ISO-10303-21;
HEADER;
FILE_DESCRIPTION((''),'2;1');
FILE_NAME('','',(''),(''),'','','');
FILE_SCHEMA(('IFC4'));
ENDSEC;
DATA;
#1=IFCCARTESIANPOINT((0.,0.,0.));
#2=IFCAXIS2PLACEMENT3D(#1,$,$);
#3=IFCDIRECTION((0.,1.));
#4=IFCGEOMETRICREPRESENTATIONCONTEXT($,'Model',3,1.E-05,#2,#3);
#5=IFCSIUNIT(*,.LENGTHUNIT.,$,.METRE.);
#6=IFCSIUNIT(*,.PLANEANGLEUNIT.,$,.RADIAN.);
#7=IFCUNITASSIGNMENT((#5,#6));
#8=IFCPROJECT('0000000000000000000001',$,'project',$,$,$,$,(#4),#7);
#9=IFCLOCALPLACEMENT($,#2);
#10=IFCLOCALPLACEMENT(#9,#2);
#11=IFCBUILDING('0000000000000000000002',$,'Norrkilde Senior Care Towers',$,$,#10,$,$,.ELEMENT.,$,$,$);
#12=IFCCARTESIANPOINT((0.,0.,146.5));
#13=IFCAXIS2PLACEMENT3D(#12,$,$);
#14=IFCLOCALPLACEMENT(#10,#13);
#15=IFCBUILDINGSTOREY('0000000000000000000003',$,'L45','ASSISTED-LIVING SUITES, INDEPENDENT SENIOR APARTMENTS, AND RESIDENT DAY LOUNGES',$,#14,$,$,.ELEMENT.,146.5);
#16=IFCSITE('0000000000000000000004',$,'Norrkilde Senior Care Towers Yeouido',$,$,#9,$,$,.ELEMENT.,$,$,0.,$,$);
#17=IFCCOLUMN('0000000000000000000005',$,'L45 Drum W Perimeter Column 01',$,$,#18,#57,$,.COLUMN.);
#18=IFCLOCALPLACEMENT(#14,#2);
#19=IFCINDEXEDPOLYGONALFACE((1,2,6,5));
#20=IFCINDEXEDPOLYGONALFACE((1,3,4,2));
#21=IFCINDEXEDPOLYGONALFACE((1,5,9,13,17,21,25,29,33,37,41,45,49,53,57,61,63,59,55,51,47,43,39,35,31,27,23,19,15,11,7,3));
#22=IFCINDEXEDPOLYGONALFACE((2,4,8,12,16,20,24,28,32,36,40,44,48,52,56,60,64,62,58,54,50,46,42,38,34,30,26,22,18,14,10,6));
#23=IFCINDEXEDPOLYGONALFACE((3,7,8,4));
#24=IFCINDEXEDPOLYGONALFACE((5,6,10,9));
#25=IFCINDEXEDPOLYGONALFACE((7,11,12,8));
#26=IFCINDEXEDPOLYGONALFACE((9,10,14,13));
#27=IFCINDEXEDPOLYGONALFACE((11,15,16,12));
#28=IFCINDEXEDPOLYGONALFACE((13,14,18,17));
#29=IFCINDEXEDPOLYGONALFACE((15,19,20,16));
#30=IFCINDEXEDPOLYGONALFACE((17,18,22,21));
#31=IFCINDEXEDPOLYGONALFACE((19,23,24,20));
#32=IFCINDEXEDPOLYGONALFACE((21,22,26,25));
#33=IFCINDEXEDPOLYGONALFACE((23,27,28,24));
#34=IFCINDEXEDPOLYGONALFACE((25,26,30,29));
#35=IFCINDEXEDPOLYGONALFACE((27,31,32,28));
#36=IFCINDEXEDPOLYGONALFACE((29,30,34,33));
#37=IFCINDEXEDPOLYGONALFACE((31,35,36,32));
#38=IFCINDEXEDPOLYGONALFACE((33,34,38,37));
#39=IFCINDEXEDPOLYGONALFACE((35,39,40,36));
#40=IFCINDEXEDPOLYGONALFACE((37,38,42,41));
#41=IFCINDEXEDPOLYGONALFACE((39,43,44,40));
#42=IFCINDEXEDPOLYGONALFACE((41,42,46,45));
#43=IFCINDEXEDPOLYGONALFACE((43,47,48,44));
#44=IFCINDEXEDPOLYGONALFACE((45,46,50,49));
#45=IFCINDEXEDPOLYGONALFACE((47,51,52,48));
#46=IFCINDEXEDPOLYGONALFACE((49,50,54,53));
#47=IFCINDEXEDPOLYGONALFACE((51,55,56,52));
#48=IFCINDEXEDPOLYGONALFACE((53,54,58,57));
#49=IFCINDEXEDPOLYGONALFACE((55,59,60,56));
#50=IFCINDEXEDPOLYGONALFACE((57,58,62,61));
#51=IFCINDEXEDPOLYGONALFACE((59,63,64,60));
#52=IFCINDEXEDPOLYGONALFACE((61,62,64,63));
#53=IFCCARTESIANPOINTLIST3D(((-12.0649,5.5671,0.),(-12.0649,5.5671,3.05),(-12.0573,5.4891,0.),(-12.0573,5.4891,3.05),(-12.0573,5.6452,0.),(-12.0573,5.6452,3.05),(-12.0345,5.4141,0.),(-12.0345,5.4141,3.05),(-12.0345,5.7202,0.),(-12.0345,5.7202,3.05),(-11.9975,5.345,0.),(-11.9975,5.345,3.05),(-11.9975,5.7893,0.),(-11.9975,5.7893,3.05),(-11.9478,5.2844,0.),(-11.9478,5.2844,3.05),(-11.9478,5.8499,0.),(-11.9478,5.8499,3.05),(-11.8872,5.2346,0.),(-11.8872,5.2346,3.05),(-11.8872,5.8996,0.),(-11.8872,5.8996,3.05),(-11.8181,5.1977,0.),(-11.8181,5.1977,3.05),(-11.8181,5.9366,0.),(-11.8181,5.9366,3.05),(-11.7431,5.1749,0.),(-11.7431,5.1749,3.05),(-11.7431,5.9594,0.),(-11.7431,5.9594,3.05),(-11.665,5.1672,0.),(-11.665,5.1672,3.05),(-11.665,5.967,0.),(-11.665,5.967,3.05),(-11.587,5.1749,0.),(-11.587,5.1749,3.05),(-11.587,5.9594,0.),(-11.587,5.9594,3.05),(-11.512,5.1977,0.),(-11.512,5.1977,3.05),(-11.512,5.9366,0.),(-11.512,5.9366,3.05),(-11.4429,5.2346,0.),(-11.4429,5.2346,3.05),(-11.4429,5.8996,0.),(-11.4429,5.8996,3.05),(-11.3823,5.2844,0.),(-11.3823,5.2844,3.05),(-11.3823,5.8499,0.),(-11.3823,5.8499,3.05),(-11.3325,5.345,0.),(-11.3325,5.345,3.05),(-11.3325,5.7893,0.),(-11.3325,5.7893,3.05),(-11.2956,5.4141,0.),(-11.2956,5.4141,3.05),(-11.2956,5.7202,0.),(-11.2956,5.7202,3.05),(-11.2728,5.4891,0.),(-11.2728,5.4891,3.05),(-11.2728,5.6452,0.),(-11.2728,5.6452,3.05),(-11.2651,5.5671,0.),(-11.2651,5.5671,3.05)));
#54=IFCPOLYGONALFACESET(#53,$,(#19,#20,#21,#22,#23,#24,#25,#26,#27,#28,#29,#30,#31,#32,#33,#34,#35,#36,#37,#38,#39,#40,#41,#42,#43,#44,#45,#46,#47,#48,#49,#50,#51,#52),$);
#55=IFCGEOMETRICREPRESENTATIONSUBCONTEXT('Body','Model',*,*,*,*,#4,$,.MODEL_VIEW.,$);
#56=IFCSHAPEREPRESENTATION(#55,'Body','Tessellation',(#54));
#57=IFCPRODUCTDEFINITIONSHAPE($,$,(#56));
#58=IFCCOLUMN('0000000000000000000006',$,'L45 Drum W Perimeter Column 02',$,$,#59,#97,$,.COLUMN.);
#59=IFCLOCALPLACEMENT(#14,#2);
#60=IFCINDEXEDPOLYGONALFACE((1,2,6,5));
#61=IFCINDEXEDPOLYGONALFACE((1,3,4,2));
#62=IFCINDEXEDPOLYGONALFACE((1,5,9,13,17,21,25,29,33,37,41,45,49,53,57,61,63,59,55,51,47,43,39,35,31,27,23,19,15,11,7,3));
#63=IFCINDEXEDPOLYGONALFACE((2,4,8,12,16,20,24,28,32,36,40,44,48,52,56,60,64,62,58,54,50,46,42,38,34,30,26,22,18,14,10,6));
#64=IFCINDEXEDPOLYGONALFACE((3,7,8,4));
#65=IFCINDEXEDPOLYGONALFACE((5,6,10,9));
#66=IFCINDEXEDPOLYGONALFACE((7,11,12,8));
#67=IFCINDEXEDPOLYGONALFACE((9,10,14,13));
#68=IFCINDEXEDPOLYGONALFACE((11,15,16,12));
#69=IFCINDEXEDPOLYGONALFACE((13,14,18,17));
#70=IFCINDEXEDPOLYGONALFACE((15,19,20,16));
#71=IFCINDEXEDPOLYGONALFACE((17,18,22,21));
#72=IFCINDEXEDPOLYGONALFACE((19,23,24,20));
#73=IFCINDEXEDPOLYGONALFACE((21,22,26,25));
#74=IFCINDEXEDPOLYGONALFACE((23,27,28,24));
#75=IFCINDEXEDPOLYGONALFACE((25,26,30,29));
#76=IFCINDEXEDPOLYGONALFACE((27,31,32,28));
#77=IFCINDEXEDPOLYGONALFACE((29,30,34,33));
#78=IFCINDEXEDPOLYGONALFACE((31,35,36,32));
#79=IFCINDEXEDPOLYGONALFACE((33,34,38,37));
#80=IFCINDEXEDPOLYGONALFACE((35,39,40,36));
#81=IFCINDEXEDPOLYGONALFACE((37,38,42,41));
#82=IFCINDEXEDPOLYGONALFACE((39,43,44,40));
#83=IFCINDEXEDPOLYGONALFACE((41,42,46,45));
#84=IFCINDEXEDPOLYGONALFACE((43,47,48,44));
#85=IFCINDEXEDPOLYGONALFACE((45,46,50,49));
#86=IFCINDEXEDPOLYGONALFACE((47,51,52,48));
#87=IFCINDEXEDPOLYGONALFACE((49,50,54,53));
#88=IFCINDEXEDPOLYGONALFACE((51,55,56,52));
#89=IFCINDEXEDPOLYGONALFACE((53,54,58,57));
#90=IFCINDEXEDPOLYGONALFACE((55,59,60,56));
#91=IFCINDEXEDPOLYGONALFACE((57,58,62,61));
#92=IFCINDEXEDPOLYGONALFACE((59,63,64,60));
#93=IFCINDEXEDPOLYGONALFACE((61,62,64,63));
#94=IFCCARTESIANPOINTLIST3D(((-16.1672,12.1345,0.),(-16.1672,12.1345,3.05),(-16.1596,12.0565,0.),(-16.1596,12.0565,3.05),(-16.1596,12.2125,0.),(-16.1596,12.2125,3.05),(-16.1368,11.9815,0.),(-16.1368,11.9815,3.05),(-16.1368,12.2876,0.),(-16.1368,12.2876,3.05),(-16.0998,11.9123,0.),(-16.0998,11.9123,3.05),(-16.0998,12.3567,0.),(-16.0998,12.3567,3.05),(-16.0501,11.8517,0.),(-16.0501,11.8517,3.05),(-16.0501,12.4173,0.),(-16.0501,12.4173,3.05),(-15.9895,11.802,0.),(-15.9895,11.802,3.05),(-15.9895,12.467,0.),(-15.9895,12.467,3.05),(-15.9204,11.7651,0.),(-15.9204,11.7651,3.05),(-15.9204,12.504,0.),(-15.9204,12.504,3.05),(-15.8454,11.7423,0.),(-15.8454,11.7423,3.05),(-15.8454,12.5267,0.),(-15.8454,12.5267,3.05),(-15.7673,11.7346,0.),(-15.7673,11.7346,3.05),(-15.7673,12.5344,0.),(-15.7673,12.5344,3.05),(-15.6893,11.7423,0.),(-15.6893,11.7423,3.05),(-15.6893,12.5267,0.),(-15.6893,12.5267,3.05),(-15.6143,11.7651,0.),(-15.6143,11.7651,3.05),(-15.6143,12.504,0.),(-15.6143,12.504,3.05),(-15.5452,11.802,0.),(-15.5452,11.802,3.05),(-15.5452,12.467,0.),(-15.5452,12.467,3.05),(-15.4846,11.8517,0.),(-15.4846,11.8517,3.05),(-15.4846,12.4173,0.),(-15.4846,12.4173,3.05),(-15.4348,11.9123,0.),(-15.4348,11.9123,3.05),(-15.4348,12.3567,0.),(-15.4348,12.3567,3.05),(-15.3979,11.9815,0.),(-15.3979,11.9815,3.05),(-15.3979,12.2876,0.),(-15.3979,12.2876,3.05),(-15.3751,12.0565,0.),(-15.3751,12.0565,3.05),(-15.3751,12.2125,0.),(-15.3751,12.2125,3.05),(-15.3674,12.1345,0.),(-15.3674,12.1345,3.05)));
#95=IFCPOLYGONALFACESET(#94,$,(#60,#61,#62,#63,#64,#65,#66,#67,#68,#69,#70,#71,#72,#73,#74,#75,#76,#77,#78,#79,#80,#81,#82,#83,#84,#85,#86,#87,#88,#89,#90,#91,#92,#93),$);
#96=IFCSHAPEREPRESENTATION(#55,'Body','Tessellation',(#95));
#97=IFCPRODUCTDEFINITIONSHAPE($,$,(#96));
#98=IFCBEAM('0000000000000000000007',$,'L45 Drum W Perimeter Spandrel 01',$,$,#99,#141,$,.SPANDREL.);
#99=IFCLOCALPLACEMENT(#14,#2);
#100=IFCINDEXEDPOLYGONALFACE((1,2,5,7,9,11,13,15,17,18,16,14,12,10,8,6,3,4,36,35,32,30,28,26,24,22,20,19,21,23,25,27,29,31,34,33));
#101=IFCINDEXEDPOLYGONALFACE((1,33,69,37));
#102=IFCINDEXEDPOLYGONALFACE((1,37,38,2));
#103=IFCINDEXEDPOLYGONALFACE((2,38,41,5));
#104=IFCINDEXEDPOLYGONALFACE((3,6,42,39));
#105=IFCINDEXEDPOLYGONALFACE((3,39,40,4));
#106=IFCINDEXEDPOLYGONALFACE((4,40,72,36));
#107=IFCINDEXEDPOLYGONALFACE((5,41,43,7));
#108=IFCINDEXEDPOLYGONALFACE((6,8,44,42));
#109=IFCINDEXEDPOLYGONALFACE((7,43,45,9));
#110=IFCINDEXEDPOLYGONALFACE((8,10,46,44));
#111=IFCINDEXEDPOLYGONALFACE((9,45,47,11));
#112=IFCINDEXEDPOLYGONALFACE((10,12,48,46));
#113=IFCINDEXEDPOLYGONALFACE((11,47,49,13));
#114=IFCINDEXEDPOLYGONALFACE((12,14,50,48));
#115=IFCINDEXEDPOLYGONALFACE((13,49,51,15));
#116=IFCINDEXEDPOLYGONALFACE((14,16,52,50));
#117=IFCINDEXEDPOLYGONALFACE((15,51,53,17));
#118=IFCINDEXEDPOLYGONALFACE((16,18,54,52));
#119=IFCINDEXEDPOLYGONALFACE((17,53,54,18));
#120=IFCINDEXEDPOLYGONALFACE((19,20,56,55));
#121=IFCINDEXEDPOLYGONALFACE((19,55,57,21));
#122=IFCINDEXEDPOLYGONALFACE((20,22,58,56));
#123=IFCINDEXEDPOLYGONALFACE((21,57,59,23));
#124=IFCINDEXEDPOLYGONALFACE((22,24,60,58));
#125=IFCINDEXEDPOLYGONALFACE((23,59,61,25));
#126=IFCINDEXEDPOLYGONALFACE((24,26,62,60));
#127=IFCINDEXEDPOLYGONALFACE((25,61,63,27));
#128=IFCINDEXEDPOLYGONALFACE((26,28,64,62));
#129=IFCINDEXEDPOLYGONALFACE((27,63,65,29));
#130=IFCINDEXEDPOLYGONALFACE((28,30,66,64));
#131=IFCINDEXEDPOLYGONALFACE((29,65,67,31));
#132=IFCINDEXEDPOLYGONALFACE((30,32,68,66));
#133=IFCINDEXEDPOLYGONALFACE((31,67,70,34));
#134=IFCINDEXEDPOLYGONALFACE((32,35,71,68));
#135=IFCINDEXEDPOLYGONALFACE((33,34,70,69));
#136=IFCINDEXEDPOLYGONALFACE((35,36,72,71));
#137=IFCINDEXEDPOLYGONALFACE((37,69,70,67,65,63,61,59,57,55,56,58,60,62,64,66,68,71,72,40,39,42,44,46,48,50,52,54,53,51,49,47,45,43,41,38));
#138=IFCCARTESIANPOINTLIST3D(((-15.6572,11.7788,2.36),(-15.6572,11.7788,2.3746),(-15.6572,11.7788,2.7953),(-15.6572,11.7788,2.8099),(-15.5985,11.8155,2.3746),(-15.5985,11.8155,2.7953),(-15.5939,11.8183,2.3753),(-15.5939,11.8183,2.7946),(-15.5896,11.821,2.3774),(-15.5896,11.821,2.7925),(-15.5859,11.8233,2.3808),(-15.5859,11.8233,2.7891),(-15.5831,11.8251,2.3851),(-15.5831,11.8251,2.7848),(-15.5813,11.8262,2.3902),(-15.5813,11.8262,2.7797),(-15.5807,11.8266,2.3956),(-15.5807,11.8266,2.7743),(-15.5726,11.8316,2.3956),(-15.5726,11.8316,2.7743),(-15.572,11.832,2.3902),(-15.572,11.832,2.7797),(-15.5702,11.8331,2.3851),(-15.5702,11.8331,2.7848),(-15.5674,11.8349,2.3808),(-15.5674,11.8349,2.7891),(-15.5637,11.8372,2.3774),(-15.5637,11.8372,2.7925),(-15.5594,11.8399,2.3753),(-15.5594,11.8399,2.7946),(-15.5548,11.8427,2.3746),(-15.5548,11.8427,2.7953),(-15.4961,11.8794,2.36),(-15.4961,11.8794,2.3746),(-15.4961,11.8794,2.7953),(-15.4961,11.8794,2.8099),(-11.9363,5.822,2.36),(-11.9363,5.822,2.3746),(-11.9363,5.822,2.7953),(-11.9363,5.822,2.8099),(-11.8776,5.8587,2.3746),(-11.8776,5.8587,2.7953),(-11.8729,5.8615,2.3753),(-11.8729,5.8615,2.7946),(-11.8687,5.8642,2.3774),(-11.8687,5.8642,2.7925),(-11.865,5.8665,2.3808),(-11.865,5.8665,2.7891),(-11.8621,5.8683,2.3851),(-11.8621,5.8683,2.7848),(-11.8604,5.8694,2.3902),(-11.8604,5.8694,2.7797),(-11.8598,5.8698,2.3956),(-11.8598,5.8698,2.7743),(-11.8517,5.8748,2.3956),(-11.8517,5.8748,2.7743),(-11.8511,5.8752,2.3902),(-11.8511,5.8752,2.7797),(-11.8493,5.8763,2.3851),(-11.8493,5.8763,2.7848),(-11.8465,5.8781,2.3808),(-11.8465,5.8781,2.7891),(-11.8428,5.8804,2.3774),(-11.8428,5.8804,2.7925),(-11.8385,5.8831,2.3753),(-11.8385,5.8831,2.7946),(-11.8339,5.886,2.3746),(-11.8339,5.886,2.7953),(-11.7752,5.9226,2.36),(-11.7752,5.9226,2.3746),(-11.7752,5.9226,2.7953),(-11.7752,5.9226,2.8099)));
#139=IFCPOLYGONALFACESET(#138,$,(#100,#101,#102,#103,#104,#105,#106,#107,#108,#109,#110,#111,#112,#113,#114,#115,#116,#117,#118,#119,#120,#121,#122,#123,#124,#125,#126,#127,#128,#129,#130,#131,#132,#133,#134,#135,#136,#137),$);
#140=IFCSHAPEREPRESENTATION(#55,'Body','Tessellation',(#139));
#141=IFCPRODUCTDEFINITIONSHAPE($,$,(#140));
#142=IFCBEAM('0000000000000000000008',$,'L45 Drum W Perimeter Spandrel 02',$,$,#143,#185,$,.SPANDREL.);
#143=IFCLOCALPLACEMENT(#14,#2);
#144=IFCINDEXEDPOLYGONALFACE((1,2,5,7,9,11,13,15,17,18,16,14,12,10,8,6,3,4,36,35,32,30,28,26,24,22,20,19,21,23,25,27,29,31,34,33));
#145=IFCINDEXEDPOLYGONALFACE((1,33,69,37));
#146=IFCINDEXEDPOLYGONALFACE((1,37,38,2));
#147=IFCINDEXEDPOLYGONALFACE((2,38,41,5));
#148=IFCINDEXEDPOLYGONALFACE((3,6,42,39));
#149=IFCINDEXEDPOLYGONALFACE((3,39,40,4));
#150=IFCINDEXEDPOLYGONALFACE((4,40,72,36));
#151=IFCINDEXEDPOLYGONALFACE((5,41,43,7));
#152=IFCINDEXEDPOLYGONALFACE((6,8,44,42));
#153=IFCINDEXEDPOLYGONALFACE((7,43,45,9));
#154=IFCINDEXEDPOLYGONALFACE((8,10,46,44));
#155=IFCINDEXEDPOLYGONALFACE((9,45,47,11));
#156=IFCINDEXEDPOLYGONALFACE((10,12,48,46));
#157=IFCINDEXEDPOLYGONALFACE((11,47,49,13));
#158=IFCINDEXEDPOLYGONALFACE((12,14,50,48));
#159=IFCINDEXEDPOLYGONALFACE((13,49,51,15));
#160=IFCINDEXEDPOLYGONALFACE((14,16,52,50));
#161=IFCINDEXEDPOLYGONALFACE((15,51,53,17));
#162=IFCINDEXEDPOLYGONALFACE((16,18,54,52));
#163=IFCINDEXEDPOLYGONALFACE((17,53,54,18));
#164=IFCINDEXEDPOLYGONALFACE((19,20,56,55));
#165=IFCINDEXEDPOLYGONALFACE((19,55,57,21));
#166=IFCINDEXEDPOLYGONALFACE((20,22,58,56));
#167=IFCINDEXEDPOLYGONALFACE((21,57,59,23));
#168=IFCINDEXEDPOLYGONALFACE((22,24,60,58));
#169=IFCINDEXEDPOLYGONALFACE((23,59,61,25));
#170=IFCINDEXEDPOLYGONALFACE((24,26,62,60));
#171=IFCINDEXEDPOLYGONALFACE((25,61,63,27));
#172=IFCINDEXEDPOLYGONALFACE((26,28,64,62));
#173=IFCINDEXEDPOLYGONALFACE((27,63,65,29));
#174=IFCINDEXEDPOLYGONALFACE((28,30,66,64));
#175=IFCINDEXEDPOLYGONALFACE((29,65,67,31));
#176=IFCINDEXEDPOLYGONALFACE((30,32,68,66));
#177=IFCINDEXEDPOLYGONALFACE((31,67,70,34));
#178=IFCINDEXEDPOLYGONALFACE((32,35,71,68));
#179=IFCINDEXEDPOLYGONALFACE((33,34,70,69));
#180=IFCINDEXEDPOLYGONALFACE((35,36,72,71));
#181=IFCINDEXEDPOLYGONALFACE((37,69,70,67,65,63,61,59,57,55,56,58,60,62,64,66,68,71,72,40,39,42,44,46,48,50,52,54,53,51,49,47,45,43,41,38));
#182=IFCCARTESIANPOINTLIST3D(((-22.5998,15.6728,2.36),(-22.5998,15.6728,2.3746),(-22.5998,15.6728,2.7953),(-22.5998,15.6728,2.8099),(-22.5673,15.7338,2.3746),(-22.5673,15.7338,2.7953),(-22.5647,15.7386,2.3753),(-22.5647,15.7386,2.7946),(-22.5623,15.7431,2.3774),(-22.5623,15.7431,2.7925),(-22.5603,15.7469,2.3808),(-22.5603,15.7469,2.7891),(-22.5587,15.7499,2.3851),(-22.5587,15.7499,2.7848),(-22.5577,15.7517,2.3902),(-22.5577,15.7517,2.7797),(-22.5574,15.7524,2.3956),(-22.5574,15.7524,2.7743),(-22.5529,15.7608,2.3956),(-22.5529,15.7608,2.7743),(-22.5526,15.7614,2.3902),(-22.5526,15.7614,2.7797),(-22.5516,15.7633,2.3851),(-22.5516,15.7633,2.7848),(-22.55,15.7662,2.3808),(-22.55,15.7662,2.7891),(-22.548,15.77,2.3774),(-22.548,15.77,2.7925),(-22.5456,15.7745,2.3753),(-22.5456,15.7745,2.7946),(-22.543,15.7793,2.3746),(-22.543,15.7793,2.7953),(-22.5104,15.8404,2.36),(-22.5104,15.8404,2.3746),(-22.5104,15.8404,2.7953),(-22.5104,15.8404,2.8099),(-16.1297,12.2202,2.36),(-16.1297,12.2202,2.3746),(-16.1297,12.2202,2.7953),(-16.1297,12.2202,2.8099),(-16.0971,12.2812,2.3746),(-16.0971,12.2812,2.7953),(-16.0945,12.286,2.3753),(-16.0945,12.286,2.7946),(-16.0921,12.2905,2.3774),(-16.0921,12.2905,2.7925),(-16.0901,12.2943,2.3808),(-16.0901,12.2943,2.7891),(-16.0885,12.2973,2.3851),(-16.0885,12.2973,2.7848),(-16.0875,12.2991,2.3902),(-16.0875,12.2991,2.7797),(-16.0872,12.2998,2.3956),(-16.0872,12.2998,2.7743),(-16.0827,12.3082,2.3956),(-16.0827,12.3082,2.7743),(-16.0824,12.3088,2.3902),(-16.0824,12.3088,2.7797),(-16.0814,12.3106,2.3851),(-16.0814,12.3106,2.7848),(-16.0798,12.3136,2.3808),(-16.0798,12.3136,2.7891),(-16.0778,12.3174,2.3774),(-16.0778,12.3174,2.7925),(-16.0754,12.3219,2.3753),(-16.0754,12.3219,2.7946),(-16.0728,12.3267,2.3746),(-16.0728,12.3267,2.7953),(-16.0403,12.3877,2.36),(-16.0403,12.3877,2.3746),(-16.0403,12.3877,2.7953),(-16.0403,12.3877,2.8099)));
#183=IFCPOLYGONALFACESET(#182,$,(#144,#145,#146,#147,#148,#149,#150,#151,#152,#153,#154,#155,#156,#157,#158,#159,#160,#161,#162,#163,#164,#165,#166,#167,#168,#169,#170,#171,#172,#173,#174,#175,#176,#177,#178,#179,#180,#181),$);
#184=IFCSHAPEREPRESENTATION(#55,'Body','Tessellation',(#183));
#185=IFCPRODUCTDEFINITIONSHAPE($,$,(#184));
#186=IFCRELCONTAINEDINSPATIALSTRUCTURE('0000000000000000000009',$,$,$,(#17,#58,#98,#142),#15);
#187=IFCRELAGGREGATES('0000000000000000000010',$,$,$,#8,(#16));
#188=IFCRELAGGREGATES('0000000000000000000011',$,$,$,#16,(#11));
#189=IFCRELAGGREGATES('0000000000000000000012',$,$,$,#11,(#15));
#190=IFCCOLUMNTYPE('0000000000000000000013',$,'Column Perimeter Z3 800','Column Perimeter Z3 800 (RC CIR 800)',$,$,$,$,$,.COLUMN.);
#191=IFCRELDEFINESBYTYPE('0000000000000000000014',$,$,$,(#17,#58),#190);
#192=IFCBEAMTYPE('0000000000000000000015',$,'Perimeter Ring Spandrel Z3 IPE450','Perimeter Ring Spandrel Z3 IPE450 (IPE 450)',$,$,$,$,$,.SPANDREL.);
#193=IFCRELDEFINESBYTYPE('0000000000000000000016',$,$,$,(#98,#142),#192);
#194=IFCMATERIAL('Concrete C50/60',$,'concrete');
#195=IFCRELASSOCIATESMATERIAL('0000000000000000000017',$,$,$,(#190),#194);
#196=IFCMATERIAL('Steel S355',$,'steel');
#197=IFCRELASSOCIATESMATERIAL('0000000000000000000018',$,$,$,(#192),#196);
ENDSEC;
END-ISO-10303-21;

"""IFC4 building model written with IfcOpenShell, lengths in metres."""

from ifc_helpers import new_model, si_unit, direction, frame, origin, origin_2d, place, context, subcontext, project, spatial, circle, i_section, extrude, source, transform, mapped, material, material_profile, profile_set, type_object, type_shapes, element, save


model = new_model("IFC4")

# Units and contexts
model_context = context("Model", 3, precision=1e-05, world=origin(), true_north=direction((0.0, 1.0)))
body_context = subcontext(model_context, "Body", "Model", "MODEL_VIEW")
ifc_project = project(units=[si_unit("LENGTHUNIT", "METRE"), si_unit("PLANEANGLEUNIT", "RADIAN")], contexts=[model_context])

# Site, building, storey
site_placement = place(None, origin())
site = spatial("IfcSite", under=ifc_project, at=site_placement, Name="Norrkilde Senior Care Towers Yeouido", CompositionType="ELEMENT", RefElevation=0.0)
building_placement = place(site_placement, origin())
building = spatial("IfcBuilding", under=site, at=building_placement, Name="Norrkilde Senior Care Towers", CompositionType="ELEMENT")
storey_placement = place(building_placement, frame((0.0, 0.0, 146.5)))
storey = spatial("IfcBuildingStorey", under=building, at=storey_placement, Name="L45", Description="ASSISTED-LIVING SUITES, INDEPENDENT SENIOR APARTMENTS, AND RESIDENT DAY LOUNGES", CompositionType="ELEMENT", Elevation=146.5)

# Columns
ifc_material_1 = material(Name="Concrete C50/60", Category="concrete")
ifc_material_profile_1 = material_profile(ifc_material_1, circle(Radius=0.3999, at=origin_2d()), Name="RC CIR 800")
ifc_profile_set_1 = profile_set([ifc_material_profile_1], Name="Concrete C50/60")
column_type = type_object("IfcColumnType", Name="Column Perimeter Z3 800", Description="Column Perimeter Z3 800 (RC CIR 800)", PredefinedType="COLUMN", material=ifc_profile_set_1)
shared_shape_1 = source(origin(), body_context, "Body", "SweptSolid", [
    extrude(circle(Radius=0.3999, at=origin_2d()), origin(), (0.0, 0.0, 1.0), 3.05),
])
type_shapes(column_type, [shared_shape_1])
for number, where, z_axis, x_axis, name in (
    (1, (-11.665, 5.5671, 0.0), (0.0, 0.0, 1.0), (1.0, 0.0, 0.0), "L45 Drum W Perimeter Column 01"),
    (2, (-15.7673, 12.1345, 0.0), (0.0, 0.0, 1.0), (1.0, 0.0, 0.0), "L45 Drum W Perimeter Column 02"),
):
    element("IfcColumn", number, at=place(storey_placement, frame(where, z_axis=z_axis, x_axis=x_axis)), inside=storey, type_object=column_type, Name=name, PredefinedType="COLUMN", context=body_context, shape_type="MappedRepresentation", body=[
        mapped(shared_shape_1, transform((0.0, 0.0, 0.0), x_axis=(1.0, 0.0, 0.0), y_axis=(0.0, 1.0, 0.0), z_axis=(0.0, 0.0, 1.0), scale=1.0)),
    ])

# Beams
ifc_material_2 = material(Name="Steel S355", Category="steel")
ifc_material_profile_2 = material_profile(ifc_material_2, i_section(OverallWidth=0.1899, OverallDepth=0.45, WebThickness=0.0095, FlangeThickness=0.0146, FilletRadius=0.021, at=origin_2d()), Name="IPE 450")
ifc_profile_set_2 = profile_set([ifc_material_profile_2], Name="Steel S355")
beam_type_1 = type_object("IfcBeamType", Name="Perimeter Ring Spandrel Z3 IPE450", Description="Perimeter Ring Spandrel Z3 IPE450 (IPE 450)", PredefinedType="SPANDREL", material=ifc_profile_set_2)
shared_shape_2 = source(origin(), body_context, "Body", "SweptSolid", [
    extrude(i_section(OverallWidth=0.1899, OverallDepth=0.45, WebThickness=0.0095, FlangeThickness=0.0146, FilletRadius=0.021, at=origin_2d()), origin(), (0.0, 0.0, 1.0), 7.0234),
])
beam_1_placement = place(storey_placement, frame((-11.8557, 5.8723, 2.585), z_axis=(-0.52979, 0.848129, 0.0), x_axis=(-0.848129, -0.52979, 0.0)))
element("IfcBeam", 3, at=beam_1_placement, inside=storey, type_object=beam_type_1, Name="L45 Drum W Perimeter Spandrel 01", PredefinedType="SPANDREL", context=body_context, shape_type="MappedRepresentation", body=[
    mapped(shared_shape_2, transform((0.0, 0.0, 0.0), x_axis=(1.0, 0.0, 0.0), y_axis=(0.0, 1.0, 0.0), z_axis=(0.0, 0.0, 1.0), scale=1.0)),
])
shared_shape_3 = source(origin(), body_context, "Body", "SweptSolid", [
    extrude(i_section(OverallWidth=0.1899, OverallDepth=0.45, WebThickness=0.0095, FlangeThickness=0.0146, FilletRadius=0.021, at=origin_2d()), origin(), (0.0, 0.0, 1.0), 7.3337),
])
type_shapes(beam_type_1, [shared_shape_2, shared_shape_3])
beam_2_placement = place(storey_placement, frame((-16.085, 12.304, 2.585), z_axis=(-0.882248, 0.470785, 0.0), x_axis=(-0.470785, -0.882248, 0.0)))
element("IfcBeam", 4, at=beam_2_placement, inside=storey, type_object=beam_type_1, Name="L45 Drum W Perimeter Spandrel 02", PredefinedType="SPANDREL", context=body_context, shape_type="MappedRepresentation", body=[
    mapped(shared_shape_3, transform((0.0, 0.0, 0.0), x_axis=(1.0, 0.0, 0.0), y_axis=(0.0, 1.0, 0.0), z_axis=(0.0, 0.0, 1.0), scale=1.0)),
])

save(model, "model.ifc")
